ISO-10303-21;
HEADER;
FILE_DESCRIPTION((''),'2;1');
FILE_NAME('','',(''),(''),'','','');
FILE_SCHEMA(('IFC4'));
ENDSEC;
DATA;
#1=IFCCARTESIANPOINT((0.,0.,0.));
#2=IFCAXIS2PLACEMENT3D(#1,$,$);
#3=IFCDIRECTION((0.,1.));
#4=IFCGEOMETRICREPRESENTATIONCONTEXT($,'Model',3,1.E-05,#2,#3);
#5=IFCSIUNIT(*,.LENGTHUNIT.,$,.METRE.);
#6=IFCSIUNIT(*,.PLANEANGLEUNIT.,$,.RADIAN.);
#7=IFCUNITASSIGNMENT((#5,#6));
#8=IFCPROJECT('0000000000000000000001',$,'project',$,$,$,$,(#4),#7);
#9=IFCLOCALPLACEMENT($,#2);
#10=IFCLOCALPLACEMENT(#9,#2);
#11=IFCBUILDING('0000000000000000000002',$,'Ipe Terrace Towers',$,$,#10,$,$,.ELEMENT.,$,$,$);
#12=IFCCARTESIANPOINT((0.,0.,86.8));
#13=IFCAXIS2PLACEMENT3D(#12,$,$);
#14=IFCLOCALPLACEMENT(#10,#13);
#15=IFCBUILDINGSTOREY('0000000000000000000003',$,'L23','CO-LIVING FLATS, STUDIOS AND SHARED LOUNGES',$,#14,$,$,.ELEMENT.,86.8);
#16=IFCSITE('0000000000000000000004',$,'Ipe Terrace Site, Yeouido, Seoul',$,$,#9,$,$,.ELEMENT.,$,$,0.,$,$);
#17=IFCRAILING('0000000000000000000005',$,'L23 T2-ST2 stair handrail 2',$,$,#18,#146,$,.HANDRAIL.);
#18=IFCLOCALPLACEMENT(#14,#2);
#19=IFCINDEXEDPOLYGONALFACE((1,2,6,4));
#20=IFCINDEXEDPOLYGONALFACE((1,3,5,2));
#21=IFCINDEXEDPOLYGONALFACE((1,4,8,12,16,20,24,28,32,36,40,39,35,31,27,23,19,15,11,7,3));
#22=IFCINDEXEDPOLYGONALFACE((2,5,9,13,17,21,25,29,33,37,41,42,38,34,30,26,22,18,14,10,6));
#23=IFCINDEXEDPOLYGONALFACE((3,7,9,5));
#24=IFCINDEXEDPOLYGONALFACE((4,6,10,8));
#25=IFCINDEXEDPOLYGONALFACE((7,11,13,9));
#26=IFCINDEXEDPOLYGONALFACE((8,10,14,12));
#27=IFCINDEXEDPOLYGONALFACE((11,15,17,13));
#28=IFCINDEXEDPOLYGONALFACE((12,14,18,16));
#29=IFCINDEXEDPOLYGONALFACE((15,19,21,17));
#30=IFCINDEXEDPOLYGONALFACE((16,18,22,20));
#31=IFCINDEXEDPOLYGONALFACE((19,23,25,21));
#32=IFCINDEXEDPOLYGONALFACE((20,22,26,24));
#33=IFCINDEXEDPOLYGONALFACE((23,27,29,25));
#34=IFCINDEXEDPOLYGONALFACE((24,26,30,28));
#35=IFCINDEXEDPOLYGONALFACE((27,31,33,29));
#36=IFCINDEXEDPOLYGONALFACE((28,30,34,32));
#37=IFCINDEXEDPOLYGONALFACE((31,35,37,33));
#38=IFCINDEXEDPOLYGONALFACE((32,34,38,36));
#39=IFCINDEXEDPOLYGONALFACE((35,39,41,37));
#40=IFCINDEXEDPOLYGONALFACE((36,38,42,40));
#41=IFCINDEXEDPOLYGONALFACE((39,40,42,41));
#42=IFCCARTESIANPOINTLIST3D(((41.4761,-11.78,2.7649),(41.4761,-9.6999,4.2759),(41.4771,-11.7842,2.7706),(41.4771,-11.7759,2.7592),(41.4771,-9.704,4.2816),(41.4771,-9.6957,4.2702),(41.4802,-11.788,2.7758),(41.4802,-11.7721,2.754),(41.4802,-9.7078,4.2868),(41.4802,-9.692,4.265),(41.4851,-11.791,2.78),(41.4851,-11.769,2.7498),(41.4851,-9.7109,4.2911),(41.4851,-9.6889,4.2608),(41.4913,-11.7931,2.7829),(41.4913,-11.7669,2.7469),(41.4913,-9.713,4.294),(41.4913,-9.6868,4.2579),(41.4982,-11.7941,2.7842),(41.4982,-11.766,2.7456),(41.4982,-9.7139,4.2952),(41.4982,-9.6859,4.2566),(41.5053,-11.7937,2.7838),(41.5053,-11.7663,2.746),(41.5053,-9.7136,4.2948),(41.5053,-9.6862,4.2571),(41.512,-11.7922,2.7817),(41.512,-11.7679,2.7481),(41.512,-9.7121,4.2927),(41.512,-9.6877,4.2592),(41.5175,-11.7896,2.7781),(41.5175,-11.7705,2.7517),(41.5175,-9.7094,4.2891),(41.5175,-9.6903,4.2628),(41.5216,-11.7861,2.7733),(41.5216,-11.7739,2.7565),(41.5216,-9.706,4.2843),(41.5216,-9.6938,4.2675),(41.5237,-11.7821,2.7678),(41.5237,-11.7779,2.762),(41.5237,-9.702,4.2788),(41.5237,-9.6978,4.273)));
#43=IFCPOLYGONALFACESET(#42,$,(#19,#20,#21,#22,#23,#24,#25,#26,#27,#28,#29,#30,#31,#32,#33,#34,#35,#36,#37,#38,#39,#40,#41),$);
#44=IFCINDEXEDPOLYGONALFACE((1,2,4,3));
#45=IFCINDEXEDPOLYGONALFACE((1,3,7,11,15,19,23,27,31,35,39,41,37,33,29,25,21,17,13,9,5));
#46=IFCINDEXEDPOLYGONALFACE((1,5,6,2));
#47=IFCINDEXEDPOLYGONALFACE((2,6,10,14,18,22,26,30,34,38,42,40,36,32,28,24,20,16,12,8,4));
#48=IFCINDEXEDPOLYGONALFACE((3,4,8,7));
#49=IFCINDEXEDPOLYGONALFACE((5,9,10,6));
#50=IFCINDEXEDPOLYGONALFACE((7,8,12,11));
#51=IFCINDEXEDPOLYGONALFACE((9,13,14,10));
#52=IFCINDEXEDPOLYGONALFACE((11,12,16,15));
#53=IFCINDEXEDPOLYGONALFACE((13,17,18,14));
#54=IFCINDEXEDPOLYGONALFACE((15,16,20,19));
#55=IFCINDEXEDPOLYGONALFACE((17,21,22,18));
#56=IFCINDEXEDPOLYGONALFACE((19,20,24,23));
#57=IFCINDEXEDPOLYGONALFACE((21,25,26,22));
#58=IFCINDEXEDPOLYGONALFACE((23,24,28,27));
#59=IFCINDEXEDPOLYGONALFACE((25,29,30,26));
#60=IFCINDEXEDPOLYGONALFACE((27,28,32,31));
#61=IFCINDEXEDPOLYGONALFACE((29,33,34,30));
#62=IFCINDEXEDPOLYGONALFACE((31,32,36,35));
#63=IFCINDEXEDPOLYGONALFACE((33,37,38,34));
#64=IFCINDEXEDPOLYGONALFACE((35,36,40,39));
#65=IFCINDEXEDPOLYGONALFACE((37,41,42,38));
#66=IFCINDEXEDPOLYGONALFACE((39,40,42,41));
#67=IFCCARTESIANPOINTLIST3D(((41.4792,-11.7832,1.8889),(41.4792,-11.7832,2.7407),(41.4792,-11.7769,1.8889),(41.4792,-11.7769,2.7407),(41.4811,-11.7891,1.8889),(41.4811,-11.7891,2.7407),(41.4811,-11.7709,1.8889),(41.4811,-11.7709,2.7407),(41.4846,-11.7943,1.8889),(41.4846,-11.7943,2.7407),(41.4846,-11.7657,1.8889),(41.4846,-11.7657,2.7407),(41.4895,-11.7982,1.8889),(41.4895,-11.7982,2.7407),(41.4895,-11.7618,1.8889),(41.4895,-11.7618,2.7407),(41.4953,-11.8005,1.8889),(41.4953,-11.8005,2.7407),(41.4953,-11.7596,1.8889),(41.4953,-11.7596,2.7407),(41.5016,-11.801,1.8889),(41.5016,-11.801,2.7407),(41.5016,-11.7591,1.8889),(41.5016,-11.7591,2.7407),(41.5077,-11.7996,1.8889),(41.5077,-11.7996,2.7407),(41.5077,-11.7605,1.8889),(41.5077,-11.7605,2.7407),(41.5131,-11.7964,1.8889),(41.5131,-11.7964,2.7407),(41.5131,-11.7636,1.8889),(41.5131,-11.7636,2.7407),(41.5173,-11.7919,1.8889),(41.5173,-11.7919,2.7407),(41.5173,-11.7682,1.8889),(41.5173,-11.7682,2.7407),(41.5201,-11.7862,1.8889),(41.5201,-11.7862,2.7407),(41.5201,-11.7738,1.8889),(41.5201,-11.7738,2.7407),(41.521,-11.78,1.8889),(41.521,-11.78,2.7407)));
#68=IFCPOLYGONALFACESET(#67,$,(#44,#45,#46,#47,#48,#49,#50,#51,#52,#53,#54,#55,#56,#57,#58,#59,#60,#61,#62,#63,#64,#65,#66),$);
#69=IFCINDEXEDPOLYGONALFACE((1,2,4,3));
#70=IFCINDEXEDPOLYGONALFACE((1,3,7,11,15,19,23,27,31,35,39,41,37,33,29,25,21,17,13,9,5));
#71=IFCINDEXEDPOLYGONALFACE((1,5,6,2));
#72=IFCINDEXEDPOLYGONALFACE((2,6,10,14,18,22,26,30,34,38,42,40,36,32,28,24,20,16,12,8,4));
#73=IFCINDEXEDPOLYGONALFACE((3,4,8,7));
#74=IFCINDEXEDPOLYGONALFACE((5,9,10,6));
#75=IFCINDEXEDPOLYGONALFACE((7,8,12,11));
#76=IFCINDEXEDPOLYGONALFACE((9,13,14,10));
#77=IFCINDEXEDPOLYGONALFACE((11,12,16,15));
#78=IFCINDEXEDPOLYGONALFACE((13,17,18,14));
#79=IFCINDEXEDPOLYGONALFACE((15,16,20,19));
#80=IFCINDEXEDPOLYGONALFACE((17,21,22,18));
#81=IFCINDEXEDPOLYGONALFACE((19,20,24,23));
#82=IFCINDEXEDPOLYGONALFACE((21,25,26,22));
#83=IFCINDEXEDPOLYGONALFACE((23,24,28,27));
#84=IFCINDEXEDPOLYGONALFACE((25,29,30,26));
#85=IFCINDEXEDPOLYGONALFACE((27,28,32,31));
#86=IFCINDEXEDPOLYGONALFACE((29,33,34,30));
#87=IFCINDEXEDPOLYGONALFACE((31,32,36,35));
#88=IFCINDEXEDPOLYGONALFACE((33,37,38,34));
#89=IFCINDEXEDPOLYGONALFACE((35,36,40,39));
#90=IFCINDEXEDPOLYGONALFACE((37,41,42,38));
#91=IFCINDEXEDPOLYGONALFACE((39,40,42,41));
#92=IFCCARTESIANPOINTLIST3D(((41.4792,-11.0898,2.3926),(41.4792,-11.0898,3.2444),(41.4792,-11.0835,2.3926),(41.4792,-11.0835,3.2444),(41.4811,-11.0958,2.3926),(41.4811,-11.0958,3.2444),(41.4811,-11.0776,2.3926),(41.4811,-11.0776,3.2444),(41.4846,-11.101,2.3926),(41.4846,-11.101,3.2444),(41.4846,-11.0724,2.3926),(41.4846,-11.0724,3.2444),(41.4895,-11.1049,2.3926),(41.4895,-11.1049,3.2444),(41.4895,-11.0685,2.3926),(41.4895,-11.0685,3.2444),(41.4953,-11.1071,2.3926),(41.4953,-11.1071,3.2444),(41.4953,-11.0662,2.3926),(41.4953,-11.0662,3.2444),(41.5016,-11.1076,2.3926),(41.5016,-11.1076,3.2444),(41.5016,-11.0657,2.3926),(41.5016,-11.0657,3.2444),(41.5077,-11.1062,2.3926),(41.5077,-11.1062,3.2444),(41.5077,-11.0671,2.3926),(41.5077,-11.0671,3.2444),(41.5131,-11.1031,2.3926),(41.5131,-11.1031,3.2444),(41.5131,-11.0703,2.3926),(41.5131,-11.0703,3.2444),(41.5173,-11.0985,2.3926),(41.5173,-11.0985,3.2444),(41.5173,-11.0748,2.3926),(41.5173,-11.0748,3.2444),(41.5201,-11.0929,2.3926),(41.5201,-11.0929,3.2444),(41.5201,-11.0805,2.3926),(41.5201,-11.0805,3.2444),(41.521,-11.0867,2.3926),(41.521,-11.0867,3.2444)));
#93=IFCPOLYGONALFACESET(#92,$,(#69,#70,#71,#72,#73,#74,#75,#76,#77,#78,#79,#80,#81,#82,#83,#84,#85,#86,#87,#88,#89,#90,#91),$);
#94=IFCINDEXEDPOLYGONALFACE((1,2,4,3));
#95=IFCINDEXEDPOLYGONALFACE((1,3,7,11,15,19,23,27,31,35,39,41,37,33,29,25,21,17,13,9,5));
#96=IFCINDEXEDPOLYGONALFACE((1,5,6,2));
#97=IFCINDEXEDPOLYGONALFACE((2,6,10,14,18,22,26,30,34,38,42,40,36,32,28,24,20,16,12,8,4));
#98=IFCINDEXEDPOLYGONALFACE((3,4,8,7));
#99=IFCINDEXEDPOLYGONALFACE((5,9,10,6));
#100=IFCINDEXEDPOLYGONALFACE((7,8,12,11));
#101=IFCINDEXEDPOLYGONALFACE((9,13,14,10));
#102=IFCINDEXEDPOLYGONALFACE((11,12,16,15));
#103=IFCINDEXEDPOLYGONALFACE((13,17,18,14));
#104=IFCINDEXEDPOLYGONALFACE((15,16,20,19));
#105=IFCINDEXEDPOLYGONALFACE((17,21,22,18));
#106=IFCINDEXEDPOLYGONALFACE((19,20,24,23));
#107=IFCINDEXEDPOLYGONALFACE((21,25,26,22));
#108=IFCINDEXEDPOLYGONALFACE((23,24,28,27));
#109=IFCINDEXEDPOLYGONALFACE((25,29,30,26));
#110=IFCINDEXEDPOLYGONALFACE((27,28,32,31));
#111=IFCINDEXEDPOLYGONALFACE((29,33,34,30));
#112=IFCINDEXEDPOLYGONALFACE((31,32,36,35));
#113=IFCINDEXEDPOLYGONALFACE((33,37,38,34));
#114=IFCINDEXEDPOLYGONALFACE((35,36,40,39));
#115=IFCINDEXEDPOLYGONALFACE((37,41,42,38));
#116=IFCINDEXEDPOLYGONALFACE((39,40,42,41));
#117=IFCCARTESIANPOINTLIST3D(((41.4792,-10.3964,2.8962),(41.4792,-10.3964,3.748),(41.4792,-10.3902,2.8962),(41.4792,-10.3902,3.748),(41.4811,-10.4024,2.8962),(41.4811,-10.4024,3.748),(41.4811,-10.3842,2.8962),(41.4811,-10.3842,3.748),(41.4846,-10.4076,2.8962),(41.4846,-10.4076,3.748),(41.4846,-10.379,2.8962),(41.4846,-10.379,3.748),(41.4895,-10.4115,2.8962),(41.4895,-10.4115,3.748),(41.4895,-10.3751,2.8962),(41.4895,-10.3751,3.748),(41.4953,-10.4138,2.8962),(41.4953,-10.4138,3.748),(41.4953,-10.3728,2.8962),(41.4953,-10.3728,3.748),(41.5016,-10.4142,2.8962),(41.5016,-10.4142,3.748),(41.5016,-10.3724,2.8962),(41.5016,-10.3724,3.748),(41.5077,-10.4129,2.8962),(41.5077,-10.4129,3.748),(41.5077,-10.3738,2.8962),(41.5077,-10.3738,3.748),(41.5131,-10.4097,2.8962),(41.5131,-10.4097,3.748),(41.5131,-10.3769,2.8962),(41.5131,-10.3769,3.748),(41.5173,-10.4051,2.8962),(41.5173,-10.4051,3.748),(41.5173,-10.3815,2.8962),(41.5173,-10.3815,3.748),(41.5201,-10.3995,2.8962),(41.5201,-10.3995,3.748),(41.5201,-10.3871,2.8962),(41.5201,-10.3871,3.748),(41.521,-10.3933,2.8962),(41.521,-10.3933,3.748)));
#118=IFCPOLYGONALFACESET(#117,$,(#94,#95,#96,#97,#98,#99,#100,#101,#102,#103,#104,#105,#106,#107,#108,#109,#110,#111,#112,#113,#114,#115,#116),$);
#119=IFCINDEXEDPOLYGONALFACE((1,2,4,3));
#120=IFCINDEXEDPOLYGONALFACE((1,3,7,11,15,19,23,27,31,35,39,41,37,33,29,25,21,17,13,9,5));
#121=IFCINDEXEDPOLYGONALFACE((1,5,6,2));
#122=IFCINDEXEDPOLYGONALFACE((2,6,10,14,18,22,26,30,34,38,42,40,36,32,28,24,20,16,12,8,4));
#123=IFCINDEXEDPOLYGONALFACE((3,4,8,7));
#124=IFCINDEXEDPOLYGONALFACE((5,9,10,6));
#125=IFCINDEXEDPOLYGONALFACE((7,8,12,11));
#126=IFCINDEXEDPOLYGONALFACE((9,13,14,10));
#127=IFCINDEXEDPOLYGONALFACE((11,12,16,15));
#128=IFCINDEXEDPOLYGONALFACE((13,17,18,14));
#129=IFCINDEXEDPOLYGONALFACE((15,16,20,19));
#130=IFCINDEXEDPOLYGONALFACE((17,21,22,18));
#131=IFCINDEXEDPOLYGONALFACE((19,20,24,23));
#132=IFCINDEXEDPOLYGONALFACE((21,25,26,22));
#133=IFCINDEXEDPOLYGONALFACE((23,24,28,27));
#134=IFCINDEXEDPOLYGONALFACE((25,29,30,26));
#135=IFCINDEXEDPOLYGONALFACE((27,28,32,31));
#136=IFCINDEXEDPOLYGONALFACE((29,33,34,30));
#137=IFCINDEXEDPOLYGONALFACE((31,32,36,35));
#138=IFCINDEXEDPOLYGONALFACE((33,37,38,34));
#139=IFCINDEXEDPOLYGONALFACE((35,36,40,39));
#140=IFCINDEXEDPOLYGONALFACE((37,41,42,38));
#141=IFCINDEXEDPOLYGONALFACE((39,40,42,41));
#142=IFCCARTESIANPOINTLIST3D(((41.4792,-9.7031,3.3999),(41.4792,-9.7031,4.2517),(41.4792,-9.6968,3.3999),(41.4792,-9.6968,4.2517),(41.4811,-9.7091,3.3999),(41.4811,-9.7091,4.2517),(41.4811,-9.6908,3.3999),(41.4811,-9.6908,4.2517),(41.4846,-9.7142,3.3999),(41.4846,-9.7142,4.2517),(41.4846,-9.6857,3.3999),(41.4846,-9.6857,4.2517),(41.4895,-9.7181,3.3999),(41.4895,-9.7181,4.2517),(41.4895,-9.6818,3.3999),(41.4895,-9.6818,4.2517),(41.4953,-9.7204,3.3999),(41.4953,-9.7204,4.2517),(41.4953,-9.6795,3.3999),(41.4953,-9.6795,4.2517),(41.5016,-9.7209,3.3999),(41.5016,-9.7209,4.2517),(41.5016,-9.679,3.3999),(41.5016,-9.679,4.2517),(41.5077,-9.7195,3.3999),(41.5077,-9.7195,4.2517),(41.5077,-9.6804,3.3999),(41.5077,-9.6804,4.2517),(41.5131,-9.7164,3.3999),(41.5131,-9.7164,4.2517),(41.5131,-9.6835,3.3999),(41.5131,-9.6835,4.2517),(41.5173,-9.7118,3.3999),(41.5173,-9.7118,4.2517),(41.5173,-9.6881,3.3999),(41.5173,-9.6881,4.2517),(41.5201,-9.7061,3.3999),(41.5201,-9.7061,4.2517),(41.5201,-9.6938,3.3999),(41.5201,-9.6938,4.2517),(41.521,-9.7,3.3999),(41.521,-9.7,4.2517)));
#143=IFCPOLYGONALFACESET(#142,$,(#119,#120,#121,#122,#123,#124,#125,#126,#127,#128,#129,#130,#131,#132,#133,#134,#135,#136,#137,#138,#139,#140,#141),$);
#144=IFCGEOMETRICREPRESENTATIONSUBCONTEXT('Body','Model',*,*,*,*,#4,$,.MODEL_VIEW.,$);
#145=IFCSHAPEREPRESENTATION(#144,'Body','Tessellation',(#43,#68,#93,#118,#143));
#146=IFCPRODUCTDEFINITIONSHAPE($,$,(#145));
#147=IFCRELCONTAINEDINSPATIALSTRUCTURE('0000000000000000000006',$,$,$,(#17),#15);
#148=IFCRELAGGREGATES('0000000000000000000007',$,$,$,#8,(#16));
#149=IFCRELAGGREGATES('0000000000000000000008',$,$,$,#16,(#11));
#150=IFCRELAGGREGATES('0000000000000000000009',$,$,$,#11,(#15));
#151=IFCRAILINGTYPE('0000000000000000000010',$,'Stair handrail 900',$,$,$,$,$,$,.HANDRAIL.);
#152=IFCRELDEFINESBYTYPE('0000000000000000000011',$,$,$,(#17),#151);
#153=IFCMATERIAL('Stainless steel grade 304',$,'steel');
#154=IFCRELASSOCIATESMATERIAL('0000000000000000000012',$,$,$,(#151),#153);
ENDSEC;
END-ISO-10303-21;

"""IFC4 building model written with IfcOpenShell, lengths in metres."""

from ifc_helpers import new_model, si_unit, direction, frame, origin, origin_2d, place, context, subcontext, project, spatial, circle, extrude, material, type_object, element, save


model = new_model("IFC4")

# Units and contexts
model_context = context("Model", 3, precision=1e-05, world=origin(), true_north=direction((0.0, 1.0)))
body_context = subcontext(model_context, "Body", "Model", "MODEL_VIEW")
ifc_project = project(units=[si_unit("LENGTHUNIT", "METRE"), si_unit("PLANEANGLEUNIT", "RADIAN")], contexts=[model_context])

# Site, building, storey
site_placement = place(None, origin())
site = spatial("IfcSite", under=ifc_project, at=site_placement, Name="Ipe Terrace Site, Yeouido, Seoul", CompositionType="ELEMENT", RefElevation=0.0)
building_placement = place(site_placement, origin())
building = spatial("IfcBuilding", under=site, at=building_placement, Name="Ipe Terrace Towers", CompositionType="ELEMENT")
storey_placement = place(building_placement, frame((0.0, 0.0, 86.8)))
storey = spatial("IfcBuildingStorey", under=building, at=storey_placement, Name="L23", Description="CO-LIVING FLATS, STUDIOS AND SHARED LOUNGES", CompositionType="ELEMENT", Elevation=86.8)

# Railing
ifc_material_1 = material(Name="Stainless steel grade 304", Category="steel")
railing_type_1 = type_object("IfcRailingType", Name="Stair handrail 900", PredefinedType="HANDRAIL", material=ifc_material_1)
railing_1_placement = place(storey_placement, frame((41.5, -11.78, 1.8889)))
element("IfcRailing", 1, at=railing_1_placement, inside=storey, type_object=railing_type_1, Name="L23 T2-ST2 stair handrail 2", PredefinedType="HANDRAIL", context=body_context, shape_type="SweptSolid", body=[
    extrude(circle(Radius=0.0239, at=origin_2d()), frame((0.0, 0.0, 0.876), z_axis=(0.0, 0.809069, 0.587714), x_axis=(-1.0, 0.0, 0.0)), (0.0, 0.0, 1.0), 2.571),
    extrude(circle(Radius=0.021, at=origin_2d()), origin(), (0.0, 0.0, 1.0), 0.8518),
    extrude(circle(Radius=0.021, at=origin_2d()), frame((0.0, 0.6934, 0.5037)), (0.0, 0.0, 1.0), 0.8518),
    extrude(circle(Radius=0.021, at=origin_2d()), frame((0.0, 1.3867, 1.0073)), (0.0, 0.0, 1.0), 0.8518),
    extrude(circle(Radius=0.021, at=origin_2d()), frame((0.0, 2.0801, 1.511)), (0.0, 0.0, 1.0), 0.8518),
])

save(model, "model.ifc")
